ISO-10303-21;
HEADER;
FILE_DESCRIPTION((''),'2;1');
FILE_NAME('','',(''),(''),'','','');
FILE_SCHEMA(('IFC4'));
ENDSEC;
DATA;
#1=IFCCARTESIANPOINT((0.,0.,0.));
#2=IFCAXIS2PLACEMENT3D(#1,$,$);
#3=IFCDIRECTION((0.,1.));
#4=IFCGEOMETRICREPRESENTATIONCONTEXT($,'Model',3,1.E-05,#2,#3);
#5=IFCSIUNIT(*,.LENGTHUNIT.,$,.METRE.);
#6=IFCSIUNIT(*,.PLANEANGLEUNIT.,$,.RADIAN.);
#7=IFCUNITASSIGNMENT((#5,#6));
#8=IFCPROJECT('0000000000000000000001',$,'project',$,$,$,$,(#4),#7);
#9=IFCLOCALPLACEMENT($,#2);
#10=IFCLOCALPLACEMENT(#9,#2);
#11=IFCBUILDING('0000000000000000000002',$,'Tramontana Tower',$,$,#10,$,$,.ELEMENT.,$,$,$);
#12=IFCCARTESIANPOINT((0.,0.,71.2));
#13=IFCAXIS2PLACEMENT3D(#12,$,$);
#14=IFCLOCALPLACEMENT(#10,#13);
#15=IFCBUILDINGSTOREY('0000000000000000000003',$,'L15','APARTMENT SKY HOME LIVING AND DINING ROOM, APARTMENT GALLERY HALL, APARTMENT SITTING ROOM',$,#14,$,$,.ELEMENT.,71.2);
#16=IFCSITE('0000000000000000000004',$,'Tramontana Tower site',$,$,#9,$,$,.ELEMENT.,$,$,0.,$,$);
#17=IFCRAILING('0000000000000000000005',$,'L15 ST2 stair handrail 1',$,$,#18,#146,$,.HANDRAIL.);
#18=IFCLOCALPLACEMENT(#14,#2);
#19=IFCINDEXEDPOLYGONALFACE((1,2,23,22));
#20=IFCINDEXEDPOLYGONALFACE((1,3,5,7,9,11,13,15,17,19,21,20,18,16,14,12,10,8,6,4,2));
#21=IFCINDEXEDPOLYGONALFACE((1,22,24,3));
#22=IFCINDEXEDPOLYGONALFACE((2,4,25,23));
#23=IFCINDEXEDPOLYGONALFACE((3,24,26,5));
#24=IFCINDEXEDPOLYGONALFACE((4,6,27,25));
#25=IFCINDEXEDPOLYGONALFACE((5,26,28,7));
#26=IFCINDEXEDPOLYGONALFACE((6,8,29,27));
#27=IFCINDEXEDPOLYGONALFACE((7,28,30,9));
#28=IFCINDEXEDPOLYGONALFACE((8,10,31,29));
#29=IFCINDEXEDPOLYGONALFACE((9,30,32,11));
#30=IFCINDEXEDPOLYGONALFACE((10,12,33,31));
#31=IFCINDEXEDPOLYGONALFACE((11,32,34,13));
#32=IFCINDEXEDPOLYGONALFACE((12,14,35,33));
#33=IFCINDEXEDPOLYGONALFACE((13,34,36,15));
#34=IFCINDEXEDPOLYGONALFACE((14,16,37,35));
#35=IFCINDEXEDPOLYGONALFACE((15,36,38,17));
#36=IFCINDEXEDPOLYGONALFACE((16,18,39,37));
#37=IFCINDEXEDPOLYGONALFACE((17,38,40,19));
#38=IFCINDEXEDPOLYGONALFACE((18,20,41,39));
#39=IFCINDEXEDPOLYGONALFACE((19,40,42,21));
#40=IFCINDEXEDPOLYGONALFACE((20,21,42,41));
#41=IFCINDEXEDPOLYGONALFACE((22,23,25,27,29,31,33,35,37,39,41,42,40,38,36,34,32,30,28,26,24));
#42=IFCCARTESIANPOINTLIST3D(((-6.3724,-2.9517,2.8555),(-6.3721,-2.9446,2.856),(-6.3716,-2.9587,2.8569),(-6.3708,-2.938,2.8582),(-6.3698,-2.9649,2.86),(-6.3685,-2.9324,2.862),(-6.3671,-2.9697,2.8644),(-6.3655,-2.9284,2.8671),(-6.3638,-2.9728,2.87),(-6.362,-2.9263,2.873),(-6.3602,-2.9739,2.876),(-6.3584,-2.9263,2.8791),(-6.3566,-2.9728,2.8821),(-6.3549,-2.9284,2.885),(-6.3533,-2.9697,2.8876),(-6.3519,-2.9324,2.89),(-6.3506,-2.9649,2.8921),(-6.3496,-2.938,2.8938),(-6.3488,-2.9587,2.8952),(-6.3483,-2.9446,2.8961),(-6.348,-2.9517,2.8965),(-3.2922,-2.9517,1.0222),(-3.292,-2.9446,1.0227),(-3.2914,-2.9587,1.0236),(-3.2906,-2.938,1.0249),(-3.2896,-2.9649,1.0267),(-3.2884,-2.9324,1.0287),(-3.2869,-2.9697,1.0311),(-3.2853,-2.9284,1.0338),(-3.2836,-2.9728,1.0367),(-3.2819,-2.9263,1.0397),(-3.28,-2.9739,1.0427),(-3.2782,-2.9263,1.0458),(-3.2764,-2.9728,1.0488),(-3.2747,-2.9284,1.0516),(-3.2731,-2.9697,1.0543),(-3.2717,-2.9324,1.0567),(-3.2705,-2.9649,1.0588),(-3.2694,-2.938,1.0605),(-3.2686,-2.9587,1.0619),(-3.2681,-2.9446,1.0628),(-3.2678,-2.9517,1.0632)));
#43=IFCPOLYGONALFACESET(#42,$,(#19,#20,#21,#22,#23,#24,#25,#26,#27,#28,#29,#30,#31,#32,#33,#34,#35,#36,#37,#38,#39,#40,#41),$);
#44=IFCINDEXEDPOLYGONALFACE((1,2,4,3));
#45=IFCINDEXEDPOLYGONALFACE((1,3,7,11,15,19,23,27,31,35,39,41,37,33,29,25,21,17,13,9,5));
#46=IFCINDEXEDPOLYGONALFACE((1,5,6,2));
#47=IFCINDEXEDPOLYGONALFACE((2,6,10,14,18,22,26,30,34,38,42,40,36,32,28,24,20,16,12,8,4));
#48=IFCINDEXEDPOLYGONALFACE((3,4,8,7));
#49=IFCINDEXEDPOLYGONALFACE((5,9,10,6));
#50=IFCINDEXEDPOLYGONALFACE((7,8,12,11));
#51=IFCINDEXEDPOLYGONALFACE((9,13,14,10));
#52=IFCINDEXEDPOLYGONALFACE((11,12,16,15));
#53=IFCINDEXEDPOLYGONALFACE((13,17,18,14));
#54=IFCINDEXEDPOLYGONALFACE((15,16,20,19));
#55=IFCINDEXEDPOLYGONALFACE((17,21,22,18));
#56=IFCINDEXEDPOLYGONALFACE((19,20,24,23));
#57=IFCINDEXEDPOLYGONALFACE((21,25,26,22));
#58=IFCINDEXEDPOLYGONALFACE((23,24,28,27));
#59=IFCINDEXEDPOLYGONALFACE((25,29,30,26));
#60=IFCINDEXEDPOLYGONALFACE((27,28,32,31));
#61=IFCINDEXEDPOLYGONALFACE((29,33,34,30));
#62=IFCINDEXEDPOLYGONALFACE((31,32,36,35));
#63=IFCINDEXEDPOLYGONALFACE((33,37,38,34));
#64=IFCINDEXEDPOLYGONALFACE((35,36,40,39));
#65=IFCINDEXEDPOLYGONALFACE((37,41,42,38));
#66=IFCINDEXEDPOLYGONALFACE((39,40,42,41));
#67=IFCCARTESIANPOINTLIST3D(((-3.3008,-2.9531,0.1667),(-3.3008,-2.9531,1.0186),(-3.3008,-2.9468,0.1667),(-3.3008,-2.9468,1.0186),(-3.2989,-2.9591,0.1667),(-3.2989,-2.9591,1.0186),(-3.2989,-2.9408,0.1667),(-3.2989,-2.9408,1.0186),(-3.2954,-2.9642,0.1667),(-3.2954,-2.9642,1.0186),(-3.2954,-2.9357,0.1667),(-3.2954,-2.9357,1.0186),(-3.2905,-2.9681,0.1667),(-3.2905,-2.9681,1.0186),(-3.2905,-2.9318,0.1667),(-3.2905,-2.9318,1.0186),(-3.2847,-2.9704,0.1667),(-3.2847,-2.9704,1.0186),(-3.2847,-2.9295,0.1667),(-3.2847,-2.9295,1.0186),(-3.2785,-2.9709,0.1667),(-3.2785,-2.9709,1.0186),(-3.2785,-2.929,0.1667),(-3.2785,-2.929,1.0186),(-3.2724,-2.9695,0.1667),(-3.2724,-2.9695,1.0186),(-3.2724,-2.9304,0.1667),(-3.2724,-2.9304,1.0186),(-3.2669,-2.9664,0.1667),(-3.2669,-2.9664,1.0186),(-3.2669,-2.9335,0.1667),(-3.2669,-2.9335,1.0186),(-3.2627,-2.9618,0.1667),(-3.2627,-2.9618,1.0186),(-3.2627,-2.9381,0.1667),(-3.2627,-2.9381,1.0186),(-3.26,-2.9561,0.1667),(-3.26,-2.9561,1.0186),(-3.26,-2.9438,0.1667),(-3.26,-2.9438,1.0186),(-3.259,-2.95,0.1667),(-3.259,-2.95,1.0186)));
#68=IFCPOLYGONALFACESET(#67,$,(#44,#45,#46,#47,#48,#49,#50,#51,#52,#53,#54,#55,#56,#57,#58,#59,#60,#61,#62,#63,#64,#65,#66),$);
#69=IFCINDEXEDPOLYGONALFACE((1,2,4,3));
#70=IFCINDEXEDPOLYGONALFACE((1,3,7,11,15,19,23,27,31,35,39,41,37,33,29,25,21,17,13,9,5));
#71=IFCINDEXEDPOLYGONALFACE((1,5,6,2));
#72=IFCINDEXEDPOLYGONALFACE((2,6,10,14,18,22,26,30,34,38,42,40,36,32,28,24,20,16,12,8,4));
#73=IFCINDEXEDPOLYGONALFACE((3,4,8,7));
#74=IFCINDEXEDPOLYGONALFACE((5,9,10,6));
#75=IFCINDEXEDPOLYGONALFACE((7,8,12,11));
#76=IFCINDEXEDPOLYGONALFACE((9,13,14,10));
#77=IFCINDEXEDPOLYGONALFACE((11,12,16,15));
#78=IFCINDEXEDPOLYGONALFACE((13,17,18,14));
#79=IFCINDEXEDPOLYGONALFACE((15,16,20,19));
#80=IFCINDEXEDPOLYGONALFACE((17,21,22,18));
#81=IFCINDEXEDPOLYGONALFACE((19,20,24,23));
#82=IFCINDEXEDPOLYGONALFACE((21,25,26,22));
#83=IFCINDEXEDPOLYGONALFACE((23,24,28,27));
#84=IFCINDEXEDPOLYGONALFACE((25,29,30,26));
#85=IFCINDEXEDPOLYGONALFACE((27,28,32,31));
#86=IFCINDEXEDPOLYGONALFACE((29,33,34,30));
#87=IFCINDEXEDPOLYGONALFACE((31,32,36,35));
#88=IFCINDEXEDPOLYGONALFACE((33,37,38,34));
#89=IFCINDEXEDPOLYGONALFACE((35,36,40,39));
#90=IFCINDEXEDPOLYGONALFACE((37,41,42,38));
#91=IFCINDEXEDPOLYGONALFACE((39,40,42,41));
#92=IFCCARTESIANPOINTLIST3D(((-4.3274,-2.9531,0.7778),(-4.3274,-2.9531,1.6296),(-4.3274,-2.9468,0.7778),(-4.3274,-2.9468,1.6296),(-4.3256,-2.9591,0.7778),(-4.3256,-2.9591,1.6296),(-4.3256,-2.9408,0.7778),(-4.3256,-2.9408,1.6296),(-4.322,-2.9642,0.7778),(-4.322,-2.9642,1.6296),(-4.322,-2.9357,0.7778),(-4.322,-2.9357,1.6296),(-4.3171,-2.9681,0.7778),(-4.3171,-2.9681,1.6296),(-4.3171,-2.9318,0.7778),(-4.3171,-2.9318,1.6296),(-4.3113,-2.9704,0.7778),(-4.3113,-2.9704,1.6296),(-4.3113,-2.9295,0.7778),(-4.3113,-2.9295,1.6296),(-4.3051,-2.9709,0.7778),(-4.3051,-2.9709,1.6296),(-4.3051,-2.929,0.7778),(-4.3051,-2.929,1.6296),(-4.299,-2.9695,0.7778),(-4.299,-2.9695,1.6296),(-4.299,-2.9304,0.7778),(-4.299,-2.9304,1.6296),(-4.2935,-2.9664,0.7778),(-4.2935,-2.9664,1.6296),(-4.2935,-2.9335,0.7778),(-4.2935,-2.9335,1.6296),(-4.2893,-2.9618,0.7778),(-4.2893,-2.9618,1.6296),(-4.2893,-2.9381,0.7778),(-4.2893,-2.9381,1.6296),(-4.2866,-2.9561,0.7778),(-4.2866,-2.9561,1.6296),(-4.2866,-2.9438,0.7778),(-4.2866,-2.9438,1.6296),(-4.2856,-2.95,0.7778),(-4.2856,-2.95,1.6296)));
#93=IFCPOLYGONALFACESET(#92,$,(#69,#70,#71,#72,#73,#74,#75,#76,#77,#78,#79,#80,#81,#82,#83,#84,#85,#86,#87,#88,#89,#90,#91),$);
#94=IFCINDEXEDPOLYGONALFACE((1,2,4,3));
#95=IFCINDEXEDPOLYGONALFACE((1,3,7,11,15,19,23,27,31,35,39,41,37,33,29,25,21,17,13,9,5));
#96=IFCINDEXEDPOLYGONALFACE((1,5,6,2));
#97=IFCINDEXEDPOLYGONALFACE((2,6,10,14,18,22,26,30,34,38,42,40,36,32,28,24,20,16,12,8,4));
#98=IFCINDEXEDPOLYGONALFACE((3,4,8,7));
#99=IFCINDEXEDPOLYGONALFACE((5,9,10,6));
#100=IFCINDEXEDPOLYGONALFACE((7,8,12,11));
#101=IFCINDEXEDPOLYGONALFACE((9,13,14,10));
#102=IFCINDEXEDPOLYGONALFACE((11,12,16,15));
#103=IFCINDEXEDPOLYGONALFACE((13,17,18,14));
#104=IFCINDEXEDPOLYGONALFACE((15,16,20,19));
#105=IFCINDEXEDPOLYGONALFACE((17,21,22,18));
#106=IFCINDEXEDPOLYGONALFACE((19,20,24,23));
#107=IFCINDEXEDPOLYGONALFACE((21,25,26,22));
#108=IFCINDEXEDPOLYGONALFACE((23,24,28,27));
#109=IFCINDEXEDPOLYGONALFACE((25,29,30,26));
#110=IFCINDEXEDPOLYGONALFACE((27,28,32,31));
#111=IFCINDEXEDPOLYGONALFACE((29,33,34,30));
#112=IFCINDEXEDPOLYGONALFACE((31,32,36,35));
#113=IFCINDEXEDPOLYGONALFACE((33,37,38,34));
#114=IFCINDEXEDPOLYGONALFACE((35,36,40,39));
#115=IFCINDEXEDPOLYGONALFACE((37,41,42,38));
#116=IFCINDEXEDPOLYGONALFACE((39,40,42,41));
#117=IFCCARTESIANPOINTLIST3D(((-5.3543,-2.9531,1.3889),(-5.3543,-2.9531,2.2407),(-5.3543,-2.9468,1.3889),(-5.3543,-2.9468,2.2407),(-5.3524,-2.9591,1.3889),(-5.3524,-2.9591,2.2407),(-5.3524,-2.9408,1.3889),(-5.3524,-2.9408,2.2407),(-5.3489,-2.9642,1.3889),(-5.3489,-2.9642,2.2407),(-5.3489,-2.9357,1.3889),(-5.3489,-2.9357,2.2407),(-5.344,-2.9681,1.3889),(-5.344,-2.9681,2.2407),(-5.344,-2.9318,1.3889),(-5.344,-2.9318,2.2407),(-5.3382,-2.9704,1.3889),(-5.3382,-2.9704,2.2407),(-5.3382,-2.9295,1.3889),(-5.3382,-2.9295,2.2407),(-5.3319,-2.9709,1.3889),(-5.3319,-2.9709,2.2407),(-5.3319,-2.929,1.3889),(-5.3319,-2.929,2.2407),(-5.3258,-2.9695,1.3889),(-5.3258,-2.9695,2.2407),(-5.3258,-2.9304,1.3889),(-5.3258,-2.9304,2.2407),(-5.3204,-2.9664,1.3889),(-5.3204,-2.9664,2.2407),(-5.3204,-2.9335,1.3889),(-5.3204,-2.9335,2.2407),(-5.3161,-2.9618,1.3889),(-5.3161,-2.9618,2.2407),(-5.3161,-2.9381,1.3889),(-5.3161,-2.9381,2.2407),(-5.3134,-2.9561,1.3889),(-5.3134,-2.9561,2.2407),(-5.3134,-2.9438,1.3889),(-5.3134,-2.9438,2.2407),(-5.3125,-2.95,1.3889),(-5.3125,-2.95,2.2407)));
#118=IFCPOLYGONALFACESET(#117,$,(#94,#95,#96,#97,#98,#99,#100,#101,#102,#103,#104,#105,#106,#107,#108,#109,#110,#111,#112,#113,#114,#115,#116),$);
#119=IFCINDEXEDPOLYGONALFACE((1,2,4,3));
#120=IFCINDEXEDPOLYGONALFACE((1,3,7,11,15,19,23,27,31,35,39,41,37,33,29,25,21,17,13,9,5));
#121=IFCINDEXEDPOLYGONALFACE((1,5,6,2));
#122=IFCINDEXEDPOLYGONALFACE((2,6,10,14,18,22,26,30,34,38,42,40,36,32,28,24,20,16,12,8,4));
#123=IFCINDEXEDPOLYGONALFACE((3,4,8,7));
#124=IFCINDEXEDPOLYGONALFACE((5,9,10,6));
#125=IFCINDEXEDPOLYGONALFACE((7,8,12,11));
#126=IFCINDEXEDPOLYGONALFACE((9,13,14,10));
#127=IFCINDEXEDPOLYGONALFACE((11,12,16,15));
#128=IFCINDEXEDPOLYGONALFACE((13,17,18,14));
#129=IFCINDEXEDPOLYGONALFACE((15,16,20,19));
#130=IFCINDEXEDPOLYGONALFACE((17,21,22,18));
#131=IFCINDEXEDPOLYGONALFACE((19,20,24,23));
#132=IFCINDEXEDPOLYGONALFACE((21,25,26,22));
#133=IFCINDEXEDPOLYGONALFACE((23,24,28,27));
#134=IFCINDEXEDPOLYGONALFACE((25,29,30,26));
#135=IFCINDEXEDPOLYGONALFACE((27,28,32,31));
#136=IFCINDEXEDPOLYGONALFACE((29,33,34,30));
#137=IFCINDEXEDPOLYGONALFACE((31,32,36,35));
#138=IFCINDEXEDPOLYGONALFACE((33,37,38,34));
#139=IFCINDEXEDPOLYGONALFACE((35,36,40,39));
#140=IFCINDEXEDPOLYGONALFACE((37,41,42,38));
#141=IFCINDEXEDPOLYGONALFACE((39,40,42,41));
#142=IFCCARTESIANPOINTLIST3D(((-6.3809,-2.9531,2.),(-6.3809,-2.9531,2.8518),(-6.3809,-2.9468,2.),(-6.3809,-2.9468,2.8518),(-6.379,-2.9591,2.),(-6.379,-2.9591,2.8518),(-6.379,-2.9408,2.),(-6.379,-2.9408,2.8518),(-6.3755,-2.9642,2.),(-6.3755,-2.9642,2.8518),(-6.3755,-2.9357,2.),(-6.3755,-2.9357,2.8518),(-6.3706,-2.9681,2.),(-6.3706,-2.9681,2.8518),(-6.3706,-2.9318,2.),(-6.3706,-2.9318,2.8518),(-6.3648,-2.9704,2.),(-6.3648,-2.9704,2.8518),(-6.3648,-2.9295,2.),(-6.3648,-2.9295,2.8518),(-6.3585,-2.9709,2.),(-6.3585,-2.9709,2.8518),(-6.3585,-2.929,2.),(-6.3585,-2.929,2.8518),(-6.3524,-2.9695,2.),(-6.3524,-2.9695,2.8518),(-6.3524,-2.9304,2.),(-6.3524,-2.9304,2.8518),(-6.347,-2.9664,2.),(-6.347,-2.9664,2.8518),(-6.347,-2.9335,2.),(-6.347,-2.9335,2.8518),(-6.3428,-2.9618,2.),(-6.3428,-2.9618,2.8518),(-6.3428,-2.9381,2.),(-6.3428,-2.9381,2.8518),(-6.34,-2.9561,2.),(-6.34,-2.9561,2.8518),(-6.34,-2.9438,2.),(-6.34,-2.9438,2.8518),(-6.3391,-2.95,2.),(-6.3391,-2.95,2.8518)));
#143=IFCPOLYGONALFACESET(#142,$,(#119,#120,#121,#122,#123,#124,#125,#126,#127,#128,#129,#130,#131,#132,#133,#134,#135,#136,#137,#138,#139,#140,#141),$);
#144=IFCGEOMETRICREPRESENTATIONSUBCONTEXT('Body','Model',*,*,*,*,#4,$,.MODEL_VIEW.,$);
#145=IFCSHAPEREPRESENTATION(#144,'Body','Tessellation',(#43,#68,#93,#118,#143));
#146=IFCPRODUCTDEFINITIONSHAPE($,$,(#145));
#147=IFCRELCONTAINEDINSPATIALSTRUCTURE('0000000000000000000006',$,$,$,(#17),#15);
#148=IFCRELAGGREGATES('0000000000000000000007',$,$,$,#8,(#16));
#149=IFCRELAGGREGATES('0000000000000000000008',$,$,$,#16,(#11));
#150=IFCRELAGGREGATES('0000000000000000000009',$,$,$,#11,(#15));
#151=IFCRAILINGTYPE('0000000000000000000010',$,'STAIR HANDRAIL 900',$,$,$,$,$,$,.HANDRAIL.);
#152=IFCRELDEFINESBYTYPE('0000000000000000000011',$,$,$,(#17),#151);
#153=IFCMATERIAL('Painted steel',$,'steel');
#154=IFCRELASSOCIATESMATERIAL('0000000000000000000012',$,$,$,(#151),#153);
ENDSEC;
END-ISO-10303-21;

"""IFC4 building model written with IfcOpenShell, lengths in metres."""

from ifc_helpers import new_model, si_unit, direction, frame, origin, origin_2d, place, context, subcontext, project, spatial, circle, extrude, material, type_object, element, save


model = new_model("IFC4")

# Units and contexts
model_context = context("Model", 3, precision=1e-05, world=origin(), true_north=direction((0.0, 1.0)))
body_context = subcontext(model_context, "Body", "Model", "MODEL_VIEW")
ifc_project = project(units=[si_unit("LENGTHUNIT", "METRE"), si_unit("PLANEANGLEUNIT", "RADIAN")], contexts=[model_context])

# Site, building, storey
site_placement = place(None, origin())
site = spatial("IfcSite", under=ifc_project, at=site_placement, Name="Tramontana Tower site", CompositionType="ELEMENT", RefElevation=0.0)
building_placement = place(site_placement, origin())
building = spatial("IfcBuilding", under=site, at=building_placement, Name="Tramontana Tower", CompositionType="ELEMENT")
storey_placement = place(building_placement, frame((0.0, 0.0, 71.2)))
storey = spatial("IfcBuildingStorey", under=building, at=storey_placement, Name="L15", Description="APARTMENT SKY HOME LIVING AND DINING ROOM, APARTMENT GALLERY HALL, APARTMENT SITTING ROOM", CompositionType="ELEMENT", Elevation=71.2)

# Railing
ifc_material_1 = material(Name="Painted steel", Category="steel")
railing_type_1 = type_object("IfcRailingType", Name="STAIR HANDRAIL 900", PredefinedType="HANDRAIL", material=ifc_material_1)
railing_1_placement = place(storey_placement, frame((-3.28, -2.95, 0.1667)))
element("IfcRailing", 1, at=railing_1_placement, inside=storey, type_object=railing_type_1, Name="L15 ST2 stair handrail 1", PredefinedType="HANDRAIL", context=body_context, shape_type="SweptSolid", body=[
    extrude(circle(Radius=0.0239, at=origin_2d()), frame((0.0, 0.0, 0.876), z_axis=(-0.859309, 0.0, 0.511458), x_axis=(0.0, -1.0, 0.0)), (0.0, 0.0, 1.0), 3.5845),
    extrude(circle(Radius=0.021, at=origin_2d()), origin(), (0.0, 0.0, 1.0), 0.8518),
    extrude(circle(Radius=0.021, at=origin_2d()), frame((-1.0266, 0.0, 0.6111)), (0.0, 0.0, 1.0), 0.8518),
    extrude(circle(Radius=0.021, at=origin_2d()), frame((-2.0535, 0.0, 1.2222)), (0.0, 0.0, 1.0), 0.8518),
    extrude(circle(Radius=0.021, at=origin_2d()), frame((-3.0801, 0.0, 1.8333)), (0.0, 0.0, 1.0), 0.8518),
])

save(model, "model.ifc")
